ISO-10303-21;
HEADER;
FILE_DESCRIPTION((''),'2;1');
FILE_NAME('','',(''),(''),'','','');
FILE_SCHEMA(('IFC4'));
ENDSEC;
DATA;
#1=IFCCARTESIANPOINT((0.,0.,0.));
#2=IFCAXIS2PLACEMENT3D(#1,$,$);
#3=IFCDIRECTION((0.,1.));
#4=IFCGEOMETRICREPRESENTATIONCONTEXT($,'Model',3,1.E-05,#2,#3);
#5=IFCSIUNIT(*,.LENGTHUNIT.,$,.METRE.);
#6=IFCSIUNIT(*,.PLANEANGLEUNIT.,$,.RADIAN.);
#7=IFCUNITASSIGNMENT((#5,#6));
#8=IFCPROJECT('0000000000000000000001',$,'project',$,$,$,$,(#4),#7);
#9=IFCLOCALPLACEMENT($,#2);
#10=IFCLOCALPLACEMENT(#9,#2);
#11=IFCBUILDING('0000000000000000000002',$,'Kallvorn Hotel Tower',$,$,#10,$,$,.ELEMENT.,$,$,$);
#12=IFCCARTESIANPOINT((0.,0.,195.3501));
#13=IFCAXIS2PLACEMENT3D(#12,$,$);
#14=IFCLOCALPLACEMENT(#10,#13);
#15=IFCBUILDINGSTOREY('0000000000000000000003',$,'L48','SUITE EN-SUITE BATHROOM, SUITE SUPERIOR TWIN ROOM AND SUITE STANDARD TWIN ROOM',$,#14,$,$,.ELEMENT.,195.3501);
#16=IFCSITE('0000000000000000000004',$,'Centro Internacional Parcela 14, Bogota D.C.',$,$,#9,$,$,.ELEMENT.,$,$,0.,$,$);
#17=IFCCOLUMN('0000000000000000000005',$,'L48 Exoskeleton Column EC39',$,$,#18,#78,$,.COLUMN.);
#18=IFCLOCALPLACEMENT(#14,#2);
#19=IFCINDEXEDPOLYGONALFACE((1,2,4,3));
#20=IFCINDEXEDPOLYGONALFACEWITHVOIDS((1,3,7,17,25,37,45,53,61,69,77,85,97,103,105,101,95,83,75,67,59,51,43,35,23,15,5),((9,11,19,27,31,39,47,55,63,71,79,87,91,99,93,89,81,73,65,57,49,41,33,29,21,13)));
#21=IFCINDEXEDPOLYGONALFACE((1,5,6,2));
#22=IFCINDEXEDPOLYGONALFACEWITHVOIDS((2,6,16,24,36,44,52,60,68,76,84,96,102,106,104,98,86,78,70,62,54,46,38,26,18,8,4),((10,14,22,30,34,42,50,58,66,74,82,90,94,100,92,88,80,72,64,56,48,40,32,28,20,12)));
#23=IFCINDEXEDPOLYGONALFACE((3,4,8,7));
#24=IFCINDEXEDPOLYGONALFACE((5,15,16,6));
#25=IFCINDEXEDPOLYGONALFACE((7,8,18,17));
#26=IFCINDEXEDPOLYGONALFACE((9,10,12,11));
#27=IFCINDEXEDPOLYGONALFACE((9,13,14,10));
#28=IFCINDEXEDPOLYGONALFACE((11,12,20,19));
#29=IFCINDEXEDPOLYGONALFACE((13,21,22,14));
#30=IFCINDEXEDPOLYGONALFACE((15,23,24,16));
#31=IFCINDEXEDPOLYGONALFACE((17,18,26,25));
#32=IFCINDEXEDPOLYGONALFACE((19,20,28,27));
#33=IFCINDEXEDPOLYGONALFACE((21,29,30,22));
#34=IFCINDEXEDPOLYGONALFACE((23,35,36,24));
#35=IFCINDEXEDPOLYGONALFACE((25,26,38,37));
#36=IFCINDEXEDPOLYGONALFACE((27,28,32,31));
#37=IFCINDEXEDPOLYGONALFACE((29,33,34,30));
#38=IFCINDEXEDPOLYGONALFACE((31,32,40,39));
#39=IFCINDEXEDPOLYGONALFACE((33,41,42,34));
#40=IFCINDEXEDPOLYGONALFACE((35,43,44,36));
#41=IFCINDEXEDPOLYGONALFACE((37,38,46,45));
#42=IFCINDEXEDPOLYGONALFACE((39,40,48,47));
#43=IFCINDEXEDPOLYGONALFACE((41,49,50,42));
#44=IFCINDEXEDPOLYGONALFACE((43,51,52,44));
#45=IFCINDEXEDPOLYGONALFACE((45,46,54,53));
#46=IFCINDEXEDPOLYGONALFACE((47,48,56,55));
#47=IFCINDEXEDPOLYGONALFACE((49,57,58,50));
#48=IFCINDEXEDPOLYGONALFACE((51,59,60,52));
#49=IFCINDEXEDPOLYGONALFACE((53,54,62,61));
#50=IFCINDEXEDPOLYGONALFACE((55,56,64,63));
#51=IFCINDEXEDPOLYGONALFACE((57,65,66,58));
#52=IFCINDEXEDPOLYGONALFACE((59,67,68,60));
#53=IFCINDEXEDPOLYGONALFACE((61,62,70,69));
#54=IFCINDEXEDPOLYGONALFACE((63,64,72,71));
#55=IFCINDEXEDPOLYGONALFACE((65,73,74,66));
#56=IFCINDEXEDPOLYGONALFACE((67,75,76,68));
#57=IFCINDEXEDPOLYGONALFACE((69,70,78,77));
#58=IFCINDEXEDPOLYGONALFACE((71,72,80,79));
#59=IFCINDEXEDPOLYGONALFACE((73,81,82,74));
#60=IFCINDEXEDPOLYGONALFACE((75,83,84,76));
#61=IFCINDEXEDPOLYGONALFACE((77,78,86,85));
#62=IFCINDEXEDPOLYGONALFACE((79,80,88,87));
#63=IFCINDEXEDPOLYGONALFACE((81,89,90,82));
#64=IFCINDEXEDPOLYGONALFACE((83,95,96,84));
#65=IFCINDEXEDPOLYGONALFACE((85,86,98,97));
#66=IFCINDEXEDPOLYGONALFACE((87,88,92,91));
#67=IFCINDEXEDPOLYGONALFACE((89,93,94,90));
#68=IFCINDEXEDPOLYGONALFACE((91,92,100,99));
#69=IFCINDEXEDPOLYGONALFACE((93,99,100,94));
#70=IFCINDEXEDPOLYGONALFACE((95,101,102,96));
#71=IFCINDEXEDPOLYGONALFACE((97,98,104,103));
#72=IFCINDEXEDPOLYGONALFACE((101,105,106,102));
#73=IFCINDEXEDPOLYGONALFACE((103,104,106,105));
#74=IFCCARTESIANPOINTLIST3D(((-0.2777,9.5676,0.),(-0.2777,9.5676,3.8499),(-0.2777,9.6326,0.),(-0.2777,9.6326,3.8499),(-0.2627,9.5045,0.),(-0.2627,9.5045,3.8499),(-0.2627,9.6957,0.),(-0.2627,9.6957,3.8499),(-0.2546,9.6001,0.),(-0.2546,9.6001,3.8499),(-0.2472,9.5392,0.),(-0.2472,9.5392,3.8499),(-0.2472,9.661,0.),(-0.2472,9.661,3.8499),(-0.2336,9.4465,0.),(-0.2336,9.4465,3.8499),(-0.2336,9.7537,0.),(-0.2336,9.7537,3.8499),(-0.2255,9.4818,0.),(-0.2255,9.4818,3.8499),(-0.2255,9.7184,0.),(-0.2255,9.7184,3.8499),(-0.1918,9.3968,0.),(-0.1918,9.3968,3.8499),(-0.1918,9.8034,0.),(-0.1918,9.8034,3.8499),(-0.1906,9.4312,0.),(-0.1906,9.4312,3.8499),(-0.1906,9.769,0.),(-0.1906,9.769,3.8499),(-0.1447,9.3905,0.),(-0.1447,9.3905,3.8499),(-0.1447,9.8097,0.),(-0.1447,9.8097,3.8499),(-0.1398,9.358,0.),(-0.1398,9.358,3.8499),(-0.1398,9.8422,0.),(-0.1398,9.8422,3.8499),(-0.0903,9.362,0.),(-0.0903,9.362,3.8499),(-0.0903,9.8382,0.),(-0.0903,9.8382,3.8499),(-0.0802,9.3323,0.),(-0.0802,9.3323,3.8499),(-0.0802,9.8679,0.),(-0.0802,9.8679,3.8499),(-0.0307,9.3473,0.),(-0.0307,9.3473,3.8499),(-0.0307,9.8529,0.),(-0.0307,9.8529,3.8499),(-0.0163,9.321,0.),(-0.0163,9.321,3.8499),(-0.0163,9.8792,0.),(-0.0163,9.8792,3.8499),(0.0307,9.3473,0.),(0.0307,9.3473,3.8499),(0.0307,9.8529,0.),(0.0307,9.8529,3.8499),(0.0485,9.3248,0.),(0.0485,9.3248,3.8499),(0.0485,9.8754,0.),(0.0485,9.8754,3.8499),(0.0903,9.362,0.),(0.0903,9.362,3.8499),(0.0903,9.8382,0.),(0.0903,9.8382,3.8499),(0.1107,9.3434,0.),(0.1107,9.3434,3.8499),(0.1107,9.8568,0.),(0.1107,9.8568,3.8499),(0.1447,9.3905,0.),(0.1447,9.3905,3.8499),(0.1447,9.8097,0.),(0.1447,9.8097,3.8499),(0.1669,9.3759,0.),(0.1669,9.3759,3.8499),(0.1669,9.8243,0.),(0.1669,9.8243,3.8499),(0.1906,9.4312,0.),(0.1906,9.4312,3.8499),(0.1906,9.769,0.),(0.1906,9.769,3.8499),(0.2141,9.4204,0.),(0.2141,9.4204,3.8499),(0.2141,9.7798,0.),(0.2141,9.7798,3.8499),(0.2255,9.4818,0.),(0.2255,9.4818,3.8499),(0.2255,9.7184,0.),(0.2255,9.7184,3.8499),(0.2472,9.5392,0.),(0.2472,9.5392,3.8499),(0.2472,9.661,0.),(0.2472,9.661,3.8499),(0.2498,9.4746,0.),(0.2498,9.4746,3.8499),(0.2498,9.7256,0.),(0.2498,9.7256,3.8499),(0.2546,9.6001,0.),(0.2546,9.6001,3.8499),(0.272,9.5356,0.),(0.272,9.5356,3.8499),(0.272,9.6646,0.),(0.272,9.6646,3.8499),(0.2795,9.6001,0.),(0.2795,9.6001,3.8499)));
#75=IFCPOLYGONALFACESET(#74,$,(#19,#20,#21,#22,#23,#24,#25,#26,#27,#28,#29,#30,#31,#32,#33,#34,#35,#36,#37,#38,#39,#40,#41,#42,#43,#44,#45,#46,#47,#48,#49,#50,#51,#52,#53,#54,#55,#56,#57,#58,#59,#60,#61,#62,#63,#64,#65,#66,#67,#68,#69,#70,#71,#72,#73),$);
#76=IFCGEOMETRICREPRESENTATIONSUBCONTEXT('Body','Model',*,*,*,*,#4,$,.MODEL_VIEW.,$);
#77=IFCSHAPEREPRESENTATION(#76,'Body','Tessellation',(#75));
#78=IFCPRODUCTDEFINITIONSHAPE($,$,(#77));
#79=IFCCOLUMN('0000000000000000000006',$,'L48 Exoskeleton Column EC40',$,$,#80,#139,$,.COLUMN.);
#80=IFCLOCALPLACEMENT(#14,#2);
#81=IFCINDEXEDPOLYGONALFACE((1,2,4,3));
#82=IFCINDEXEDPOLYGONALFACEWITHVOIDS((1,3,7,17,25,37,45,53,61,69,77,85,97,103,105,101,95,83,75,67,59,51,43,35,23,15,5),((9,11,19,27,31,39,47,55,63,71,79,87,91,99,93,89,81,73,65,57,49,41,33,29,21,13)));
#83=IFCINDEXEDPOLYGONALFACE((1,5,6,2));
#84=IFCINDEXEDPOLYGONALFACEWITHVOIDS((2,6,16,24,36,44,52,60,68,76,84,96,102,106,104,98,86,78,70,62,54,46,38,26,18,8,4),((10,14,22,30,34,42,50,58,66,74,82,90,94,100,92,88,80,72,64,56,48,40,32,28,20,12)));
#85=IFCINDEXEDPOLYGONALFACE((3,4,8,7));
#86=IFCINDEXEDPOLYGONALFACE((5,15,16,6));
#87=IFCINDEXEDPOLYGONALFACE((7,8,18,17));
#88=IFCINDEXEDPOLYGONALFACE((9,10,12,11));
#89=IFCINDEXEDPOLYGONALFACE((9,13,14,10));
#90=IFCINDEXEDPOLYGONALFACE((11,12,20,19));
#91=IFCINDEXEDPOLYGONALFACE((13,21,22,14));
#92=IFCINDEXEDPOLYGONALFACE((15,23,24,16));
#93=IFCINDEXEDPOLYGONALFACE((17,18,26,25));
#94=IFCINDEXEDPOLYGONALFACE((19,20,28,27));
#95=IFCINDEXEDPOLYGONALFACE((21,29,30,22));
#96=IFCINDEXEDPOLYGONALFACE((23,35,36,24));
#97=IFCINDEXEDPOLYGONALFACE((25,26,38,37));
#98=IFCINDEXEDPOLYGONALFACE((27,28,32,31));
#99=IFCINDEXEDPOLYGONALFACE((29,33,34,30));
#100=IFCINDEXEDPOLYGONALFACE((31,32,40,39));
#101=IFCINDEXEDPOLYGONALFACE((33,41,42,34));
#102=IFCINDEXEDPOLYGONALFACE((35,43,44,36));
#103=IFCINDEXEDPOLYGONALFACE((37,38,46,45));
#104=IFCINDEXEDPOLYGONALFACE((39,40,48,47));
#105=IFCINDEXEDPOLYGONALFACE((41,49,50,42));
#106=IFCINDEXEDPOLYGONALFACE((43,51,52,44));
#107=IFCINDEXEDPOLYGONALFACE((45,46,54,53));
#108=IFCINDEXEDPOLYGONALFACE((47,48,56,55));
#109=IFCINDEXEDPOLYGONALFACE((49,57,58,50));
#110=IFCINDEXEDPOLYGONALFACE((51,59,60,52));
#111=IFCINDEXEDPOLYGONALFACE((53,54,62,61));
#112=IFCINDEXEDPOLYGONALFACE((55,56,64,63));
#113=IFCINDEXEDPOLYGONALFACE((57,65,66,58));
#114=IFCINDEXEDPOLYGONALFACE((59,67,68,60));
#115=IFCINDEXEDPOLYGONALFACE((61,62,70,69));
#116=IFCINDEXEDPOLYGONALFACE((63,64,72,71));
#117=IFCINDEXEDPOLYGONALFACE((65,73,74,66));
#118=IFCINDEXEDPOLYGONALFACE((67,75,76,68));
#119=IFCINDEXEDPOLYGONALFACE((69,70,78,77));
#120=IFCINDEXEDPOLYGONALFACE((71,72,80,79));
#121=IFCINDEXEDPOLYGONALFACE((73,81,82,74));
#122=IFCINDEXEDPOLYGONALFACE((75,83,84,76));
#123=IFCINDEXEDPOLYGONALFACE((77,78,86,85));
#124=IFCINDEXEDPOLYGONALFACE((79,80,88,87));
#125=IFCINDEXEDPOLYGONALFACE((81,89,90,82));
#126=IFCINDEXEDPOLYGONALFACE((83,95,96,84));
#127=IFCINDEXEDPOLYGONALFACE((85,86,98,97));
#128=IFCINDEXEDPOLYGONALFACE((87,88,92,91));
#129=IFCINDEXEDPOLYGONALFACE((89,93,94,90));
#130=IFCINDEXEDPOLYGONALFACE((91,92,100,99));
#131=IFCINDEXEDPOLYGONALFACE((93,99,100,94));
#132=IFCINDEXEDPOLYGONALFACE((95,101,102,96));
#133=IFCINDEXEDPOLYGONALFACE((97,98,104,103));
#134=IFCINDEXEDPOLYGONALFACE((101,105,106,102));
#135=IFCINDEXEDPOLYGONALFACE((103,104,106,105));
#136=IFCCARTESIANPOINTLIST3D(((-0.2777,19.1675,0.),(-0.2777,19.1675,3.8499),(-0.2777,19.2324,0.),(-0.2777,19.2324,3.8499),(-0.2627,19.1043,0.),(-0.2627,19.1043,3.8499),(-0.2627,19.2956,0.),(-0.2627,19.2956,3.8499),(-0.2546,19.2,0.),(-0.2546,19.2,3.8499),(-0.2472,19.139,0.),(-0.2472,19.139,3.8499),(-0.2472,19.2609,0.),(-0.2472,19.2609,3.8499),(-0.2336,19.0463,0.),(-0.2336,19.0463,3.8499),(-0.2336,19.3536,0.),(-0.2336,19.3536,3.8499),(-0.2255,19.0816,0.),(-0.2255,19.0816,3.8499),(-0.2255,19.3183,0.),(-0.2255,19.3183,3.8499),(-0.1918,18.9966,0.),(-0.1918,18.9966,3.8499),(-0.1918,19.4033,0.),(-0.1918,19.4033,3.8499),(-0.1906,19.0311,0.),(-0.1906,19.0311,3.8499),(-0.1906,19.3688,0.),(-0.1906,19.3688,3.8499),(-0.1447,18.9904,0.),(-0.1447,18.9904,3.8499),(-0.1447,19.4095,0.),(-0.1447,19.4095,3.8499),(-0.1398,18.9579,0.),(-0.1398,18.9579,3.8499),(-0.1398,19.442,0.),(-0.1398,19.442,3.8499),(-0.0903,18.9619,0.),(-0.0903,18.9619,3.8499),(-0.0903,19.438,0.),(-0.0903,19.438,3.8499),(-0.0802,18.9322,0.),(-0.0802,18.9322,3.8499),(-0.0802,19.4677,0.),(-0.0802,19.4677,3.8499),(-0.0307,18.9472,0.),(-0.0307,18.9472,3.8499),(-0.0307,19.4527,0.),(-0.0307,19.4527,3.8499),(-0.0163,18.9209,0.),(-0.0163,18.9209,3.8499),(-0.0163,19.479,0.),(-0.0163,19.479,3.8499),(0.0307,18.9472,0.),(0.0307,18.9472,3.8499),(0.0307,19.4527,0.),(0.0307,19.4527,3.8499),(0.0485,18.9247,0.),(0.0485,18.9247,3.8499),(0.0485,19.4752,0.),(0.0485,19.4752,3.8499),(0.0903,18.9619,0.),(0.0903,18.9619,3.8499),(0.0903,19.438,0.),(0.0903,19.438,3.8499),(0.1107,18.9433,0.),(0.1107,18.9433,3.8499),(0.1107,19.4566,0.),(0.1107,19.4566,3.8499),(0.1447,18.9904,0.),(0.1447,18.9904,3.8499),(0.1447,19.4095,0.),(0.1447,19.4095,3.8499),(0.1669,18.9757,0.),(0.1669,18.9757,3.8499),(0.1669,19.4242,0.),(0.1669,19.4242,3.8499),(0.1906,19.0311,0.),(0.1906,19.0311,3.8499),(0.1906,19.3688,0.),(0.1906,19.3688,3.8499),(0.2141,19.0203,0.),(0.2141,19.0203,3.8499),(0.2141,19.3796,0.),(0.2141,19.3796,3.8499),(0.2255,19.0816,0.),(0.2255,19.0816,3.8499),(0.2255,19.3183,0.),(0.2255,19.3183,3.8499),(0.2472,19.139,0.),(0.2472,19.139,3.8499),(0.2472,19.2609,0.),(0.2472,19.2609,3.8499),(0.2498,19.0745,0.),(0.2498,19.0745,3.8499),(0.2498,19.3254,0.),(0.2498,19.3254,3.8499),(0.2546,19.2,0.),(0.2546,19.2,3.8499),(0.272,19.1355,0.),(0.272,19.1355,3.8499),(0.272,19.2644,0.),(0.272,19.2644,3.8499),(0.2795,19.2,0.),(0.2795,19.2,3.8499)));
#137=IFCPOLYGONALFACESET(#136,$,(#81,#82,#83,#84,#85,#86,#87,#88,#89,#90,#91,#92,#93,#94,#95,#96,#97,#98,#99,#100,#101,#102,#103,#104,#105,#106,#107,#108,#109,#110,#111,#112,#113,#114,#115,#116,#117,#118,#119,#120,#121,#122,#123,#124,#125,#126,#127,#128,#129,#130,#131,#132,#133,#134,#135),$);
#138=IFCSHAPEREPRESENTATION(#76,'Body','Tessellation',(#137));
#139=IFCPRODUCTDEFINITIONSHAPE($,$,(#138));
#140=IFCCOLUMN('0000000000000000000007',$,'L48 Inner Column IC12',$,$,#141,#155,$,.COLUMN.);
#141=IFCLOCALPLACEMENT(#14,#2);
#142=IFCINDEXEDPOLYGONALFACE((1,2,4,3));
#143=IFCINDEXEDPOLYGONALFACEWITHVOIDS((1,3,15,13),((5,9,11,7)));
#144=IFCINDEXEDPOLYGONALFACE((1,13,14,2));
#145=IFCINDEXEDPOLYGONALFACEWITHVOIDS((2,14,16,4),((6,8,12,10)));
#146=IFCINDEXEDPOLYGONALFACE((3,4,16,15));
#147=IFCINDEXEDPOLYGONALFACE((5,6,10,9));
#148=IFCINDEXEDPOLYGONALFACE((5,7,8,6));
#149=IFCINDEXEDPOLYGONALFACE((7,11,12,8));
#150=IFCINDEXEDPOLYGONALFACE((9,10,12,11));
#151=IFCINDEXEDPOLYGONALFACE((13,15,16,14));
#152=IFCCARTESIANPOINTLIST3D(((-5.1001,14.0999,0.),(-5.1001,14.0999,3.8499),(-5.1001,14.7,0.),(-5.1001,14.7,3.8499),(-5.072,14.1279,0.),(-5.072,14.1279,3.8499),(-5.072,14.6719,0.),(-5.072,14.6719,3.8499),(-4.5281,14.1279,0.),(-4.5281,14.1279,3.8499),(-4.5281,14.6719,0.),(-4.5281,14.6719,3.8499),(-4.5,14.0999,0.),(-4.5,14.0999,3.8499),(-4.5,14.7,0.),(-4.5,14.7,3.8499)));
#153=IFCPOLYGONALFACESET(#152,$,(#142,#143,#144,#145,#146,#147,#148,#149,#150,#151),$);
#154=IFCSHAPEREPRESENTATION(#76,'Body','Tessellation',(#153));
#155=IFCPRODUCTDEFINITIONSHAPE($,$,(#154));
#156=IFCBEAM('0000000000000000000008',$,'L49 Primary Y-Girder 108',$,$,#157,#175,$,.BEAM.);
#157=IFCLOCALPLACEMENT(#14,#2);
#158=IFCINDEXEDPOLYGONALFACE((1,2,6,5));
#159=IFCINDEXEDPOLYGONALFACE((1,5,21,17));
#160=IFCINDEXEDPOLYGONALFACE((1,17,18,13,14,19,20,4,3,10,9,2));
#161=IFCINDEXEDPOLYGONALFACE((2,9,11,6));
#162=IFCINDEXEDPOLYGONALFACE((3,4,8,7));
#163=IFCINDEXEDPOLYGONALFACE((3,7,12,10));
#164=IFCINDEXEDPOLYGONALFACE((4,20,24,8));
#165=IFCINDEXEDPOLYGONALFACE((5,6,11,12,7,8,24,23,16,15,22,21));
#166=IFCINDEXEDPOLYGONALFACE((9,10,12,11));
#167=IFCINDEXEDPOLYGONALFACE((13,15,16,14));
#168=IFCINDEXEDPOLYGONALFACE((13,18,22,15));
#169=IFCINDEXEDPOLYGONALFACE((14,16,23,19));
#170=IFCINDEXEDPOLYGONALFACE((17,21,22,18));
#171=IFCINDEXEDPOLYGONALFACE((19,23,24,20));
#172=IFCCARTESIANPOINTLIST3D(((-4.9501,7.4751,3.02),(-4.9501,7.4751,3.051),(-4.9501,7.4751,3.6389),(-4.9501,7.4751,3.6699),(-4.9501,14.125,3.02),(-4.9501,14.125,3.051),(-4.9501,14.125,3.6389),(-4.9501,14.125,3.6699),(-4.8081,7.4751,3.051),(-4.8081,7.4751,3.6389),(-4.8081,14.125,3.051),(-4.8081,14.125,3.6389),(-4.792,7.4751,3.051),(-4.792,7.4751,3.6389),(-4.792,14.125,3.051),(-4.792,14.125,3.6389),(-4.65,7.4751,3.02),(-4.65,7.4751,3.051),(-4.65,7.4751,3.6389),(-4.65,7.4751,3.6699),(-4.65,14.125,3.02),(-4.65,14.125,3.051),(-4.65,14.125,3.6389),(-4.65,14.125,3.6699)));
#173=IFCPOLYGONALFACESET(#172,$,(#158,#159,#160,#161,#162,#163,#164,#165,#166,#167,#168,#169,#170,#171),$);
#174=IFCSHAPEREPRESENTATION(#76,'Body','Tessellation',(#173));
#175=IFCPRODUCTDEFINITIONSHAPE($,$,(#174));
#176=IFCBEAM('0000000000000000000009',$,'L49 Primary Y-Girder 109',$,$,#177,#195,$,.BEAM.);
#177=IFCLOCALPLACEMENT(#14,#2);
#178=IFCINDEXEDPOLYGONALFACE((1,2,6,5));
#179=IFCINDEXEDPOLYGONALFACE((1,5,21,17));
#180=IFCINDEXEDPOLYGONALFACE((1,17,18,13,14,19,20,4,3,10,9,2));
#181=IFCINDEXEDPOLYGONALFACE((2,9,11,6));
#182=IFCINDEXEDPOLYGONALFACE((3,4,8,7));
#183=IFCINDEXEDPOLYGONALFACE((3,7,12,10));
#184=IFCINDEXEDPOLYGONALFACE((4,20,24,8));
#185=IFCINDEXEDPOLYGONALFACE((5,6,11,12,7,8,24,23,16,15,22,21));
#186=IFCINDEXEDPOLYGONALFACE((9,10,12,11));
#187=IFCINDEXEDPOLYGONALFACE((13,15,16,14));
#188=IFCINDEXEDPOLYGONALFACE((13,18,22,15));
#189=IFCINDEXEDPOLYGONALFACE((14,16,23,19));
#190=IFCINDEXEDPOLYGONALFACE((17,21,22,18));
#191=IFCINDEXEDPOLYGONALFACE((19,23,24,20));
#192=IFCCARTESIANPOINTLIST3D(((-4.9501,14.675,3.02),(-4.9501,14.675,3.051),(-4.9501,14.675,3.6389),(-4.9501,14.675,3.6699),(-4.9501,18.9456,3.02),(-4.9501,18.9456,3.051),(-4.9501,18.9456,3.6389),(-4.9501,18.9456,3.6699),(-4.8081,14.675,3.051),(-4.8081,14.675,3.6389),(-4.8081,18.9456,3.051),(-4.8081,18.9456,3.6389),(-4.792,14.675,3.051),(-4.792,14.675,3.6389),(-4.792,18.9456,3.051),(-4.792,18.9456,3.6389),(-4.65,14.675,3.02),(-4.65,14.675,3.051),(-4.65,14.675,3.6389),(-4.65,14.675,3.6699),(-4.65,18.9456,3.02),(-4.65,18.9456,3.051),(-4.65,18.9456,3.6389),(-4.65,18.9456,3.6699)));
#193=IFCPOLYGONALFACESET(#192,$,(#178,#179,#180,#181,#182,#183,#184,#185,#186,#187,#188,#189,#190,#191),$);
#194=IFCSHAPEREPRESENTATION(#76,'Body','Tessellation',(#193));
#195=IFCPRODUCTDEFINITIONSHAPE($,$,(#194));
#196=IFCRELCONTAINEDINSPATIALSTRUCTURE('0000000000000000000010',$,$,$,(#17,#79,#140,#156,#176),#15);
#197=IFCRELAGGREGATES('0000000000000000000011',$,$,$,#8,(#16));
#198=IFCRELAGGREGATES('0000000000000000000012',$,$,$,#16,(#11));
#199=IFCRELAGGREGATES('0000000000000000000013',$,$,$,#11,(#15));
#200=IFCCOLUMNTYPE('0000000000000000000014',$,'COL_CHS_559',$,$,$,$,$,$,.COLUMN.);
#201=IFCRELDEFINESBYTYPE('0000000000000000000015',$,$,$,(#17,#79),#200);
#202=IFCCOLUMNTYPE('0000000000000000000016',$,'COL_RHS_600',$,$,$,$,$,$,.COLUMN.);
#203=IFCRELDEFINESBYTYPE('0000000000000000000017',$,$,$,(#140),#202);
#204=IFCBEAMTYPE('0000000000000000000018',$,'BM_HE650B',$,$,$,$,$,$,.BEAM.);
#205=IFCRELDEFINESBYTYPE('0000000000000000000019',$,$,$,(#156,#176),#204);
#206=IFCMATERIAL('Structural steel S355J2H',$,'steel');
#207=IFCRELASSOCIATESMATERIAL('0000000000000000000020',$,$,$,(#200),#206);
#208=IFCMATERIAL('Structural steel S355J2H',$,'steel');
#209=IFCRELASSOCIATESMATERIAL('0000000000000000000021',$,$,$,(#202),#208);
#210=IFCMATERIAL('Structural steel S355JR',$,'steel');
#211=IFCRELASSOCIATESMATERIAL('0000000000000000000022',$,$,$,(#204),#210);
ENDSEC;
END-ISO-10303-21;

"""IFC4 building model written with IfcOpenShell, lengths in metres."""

from ifc_helpers import new_model, si_unit, direction, frame, origin, origin_2d, place, context, subcontext, project, spatial, hollow_rectangle, hollow_circle, i_section, extrude, material, material_profile, profile_set, type_object, element, save


model = new_model("IFC4")

# Units and contexts
model_context = context("Model", 3, precision=1e-05, world=origin(), true_north=direction((0.0, 1.0)))
body_context = subcontext(model_context, "Body", "Model", "MODEL_VIEW")
ifc_project = project(units=[si_unit("LENGTHUNIT", "METRE"), si_unit("PLANEANGLEUNIT", "RADIAN")], contexts=[model_context])

# Site, building, storey
site_placement = place(None, origin())
site = spatial("IfcSite", under=ifc_project, at=site_placement, Name="Centro Internacional Parcela 14, Bogota D.C.", CompositionType="ELEMENT", RefElevation=0.0)
building_placement = place(site_placement, origin())
building = spatial("IfcBuilding", under=site, at=building_placement, Name="Kallvorn Hotel Tower", CompositionType="ELEMENT")
storey_placement = place(building_placement, frame((0.0, 0.0, 195.3501)))
storey = spatial("IfcBuildingStorey", under=building, at=storey_placement, Name="L48", Description="SUITE EN-SUITE BATHROOM, SUITE SUPERIOR TWIN ROOM AND SUITE STANDARD TWIN ROOM", CompositionType="ELEMENT", Elevation=195.3501)

# Columns
ifc_material_1 = material(Name="Structural steel S355J2H", Category="steel")
ifc_material_profile_1 = material_profile(ifc_material_1, hollow_circle(Radius=0.2795, WallThickness=0.0249, at=origin_2d()), Name="CHS 559x25")
ifc_profile_set_1 = profile_set([ifc_material_profile_1], Name="Structural steel S355J2H")
column_type_1 = type_object("IfcColumnType", Name="COL_CHS_559", PredefinedType="COLUMN", material=ifc_profile_set_1)
for number, where, z_axis, x_axis, name in (
    (1, (0.0, 9.6001, 0.0), (0.0, 0.0, 1.0), (1.0, 0.0, 0.0), "L48 Exoskeleton Column EC39"),
    (2, (0.0, 19.2, 0.0), (0.0, 0.0, 1.0), (1.0, 0.0, 0.0), "L48 Exoskeleton Column EC40"),
):
    element("IfcColumn", number, at=place(storey_placement, frame(where, z_axis=z_axis, x_axis=x_axis)), inside=storey, type_object=column_type_1, Name=name, PredefinedType="COLUMN", context=body_context, shape_type="SweptSolid", body=[
        extrude(hollow_circle(Radius=0.2795, WallThickness=0.0249, at=origin_2d()), origin(), (0.0, 0.0, 1.0), 3.8499),
    ])
ifc_material_2 = material(Name="Structural steel S355J2H", Category="steel")
ifc_material_profile_2 = material_profile(ifc_material_2, hollow_rectangle(XDim=0.6001, YDim=0.6001, WallThickness=0.0281, at=origin_2d()), Name="RHS 600x600x28")
ifc_profile_set_2 = profile_set([ifc_material_profile_2], Name="Structural steel S355J2H")
column_type_2 = type_object("IfcColumnType", Name="COL_RHS_600", PredefinedType="COLUMN", material=ifc_profile_set_2)
column_placement = place(storey_placement, frame((-4.8, 14.3999, 0.0), z_axis=(0.0, 0.0, 1.0), x_axis=(1.0, 0.0, 0.0)))
element("IfcColumn", 3, at=column_placement, inside=storey, type_object=column_type_2, Name="L48 Inner Column IC12", PredefinedType="COLUMN", context=body_context, shape_type="SweptSolid", body=[
    extrude(hollow_rectangle(XDim=0.6001, YDim=0.6001, WallThickness=0.0281, at=origin_2d()), origin(), (0.0, 0.0, 1.0), 3.8499),
])

# Beams
ifc_material_3 = material(Name="Structural steel S355JR", Category="steel")
ifc_material_profile_3 = material_profile(ifc_material_3, i_section(OverallWidth=0.3, OverallDepth=0.6499, WebThickness=0.0161, FlangeThickness=0.031, at=origin_2d()), Name="HE 650 B")
ifc_profile_set_3 = profile_set([ifc_material_profile_3], Name="Structural steel S355JR")
beam_type_1 = type_object("IfcBeamType", Name="BM_HE650B", PredefinedType="BEAM", material=ifc_profile_set_3)
beam_1_placement = place(storey_placement, frame((-4.8, 7.4751, 3.345), z_axis=(0.0, 1.0, 0.0), x_axis=(-1.0, 0.0, 0.0)))
element("IfcBeam", 4, at=beam_1_placement, inside=storey, type_object=beam_type_1, Name="L49 Primary Y-Girder 108", PredefinedType="BEAM", context=body_context, shape_type="SweptSolid", body=[
    extrude(i_section(OverallWidth=0.3, OverallDepth=0.6499, WebThickness=0.0161, FlangeThickness=0.031, at=origin_2d()), origin(), (0.0, 0.0, 1.0), 6.6499),
])
beam_2_placement = place(storey_placement, frame((-4.8, 14.675, 3.345), z_axis=(0.0, 1.0, 0.0), x_axis=(-1.0, 0.0, 0.0)))
element("IfcBeam", 5, at=beam_2_placement, inside=storey, type_object=beam_type_1, Name="L49 Primary Y-Girder 109", PredefinedType="BEAM", context=body_context, shape_type="SweptSolid", body=[
    extrude(i_section(OverallWidth=0.3, OverallDepth=0.6499, WebThickness=0.0161, FlangeThickness=0.031, at=origin_2d()), origin(), (0.0, 0.0, 1.0), 4.2705),
])

save(model, "model.ifc")
